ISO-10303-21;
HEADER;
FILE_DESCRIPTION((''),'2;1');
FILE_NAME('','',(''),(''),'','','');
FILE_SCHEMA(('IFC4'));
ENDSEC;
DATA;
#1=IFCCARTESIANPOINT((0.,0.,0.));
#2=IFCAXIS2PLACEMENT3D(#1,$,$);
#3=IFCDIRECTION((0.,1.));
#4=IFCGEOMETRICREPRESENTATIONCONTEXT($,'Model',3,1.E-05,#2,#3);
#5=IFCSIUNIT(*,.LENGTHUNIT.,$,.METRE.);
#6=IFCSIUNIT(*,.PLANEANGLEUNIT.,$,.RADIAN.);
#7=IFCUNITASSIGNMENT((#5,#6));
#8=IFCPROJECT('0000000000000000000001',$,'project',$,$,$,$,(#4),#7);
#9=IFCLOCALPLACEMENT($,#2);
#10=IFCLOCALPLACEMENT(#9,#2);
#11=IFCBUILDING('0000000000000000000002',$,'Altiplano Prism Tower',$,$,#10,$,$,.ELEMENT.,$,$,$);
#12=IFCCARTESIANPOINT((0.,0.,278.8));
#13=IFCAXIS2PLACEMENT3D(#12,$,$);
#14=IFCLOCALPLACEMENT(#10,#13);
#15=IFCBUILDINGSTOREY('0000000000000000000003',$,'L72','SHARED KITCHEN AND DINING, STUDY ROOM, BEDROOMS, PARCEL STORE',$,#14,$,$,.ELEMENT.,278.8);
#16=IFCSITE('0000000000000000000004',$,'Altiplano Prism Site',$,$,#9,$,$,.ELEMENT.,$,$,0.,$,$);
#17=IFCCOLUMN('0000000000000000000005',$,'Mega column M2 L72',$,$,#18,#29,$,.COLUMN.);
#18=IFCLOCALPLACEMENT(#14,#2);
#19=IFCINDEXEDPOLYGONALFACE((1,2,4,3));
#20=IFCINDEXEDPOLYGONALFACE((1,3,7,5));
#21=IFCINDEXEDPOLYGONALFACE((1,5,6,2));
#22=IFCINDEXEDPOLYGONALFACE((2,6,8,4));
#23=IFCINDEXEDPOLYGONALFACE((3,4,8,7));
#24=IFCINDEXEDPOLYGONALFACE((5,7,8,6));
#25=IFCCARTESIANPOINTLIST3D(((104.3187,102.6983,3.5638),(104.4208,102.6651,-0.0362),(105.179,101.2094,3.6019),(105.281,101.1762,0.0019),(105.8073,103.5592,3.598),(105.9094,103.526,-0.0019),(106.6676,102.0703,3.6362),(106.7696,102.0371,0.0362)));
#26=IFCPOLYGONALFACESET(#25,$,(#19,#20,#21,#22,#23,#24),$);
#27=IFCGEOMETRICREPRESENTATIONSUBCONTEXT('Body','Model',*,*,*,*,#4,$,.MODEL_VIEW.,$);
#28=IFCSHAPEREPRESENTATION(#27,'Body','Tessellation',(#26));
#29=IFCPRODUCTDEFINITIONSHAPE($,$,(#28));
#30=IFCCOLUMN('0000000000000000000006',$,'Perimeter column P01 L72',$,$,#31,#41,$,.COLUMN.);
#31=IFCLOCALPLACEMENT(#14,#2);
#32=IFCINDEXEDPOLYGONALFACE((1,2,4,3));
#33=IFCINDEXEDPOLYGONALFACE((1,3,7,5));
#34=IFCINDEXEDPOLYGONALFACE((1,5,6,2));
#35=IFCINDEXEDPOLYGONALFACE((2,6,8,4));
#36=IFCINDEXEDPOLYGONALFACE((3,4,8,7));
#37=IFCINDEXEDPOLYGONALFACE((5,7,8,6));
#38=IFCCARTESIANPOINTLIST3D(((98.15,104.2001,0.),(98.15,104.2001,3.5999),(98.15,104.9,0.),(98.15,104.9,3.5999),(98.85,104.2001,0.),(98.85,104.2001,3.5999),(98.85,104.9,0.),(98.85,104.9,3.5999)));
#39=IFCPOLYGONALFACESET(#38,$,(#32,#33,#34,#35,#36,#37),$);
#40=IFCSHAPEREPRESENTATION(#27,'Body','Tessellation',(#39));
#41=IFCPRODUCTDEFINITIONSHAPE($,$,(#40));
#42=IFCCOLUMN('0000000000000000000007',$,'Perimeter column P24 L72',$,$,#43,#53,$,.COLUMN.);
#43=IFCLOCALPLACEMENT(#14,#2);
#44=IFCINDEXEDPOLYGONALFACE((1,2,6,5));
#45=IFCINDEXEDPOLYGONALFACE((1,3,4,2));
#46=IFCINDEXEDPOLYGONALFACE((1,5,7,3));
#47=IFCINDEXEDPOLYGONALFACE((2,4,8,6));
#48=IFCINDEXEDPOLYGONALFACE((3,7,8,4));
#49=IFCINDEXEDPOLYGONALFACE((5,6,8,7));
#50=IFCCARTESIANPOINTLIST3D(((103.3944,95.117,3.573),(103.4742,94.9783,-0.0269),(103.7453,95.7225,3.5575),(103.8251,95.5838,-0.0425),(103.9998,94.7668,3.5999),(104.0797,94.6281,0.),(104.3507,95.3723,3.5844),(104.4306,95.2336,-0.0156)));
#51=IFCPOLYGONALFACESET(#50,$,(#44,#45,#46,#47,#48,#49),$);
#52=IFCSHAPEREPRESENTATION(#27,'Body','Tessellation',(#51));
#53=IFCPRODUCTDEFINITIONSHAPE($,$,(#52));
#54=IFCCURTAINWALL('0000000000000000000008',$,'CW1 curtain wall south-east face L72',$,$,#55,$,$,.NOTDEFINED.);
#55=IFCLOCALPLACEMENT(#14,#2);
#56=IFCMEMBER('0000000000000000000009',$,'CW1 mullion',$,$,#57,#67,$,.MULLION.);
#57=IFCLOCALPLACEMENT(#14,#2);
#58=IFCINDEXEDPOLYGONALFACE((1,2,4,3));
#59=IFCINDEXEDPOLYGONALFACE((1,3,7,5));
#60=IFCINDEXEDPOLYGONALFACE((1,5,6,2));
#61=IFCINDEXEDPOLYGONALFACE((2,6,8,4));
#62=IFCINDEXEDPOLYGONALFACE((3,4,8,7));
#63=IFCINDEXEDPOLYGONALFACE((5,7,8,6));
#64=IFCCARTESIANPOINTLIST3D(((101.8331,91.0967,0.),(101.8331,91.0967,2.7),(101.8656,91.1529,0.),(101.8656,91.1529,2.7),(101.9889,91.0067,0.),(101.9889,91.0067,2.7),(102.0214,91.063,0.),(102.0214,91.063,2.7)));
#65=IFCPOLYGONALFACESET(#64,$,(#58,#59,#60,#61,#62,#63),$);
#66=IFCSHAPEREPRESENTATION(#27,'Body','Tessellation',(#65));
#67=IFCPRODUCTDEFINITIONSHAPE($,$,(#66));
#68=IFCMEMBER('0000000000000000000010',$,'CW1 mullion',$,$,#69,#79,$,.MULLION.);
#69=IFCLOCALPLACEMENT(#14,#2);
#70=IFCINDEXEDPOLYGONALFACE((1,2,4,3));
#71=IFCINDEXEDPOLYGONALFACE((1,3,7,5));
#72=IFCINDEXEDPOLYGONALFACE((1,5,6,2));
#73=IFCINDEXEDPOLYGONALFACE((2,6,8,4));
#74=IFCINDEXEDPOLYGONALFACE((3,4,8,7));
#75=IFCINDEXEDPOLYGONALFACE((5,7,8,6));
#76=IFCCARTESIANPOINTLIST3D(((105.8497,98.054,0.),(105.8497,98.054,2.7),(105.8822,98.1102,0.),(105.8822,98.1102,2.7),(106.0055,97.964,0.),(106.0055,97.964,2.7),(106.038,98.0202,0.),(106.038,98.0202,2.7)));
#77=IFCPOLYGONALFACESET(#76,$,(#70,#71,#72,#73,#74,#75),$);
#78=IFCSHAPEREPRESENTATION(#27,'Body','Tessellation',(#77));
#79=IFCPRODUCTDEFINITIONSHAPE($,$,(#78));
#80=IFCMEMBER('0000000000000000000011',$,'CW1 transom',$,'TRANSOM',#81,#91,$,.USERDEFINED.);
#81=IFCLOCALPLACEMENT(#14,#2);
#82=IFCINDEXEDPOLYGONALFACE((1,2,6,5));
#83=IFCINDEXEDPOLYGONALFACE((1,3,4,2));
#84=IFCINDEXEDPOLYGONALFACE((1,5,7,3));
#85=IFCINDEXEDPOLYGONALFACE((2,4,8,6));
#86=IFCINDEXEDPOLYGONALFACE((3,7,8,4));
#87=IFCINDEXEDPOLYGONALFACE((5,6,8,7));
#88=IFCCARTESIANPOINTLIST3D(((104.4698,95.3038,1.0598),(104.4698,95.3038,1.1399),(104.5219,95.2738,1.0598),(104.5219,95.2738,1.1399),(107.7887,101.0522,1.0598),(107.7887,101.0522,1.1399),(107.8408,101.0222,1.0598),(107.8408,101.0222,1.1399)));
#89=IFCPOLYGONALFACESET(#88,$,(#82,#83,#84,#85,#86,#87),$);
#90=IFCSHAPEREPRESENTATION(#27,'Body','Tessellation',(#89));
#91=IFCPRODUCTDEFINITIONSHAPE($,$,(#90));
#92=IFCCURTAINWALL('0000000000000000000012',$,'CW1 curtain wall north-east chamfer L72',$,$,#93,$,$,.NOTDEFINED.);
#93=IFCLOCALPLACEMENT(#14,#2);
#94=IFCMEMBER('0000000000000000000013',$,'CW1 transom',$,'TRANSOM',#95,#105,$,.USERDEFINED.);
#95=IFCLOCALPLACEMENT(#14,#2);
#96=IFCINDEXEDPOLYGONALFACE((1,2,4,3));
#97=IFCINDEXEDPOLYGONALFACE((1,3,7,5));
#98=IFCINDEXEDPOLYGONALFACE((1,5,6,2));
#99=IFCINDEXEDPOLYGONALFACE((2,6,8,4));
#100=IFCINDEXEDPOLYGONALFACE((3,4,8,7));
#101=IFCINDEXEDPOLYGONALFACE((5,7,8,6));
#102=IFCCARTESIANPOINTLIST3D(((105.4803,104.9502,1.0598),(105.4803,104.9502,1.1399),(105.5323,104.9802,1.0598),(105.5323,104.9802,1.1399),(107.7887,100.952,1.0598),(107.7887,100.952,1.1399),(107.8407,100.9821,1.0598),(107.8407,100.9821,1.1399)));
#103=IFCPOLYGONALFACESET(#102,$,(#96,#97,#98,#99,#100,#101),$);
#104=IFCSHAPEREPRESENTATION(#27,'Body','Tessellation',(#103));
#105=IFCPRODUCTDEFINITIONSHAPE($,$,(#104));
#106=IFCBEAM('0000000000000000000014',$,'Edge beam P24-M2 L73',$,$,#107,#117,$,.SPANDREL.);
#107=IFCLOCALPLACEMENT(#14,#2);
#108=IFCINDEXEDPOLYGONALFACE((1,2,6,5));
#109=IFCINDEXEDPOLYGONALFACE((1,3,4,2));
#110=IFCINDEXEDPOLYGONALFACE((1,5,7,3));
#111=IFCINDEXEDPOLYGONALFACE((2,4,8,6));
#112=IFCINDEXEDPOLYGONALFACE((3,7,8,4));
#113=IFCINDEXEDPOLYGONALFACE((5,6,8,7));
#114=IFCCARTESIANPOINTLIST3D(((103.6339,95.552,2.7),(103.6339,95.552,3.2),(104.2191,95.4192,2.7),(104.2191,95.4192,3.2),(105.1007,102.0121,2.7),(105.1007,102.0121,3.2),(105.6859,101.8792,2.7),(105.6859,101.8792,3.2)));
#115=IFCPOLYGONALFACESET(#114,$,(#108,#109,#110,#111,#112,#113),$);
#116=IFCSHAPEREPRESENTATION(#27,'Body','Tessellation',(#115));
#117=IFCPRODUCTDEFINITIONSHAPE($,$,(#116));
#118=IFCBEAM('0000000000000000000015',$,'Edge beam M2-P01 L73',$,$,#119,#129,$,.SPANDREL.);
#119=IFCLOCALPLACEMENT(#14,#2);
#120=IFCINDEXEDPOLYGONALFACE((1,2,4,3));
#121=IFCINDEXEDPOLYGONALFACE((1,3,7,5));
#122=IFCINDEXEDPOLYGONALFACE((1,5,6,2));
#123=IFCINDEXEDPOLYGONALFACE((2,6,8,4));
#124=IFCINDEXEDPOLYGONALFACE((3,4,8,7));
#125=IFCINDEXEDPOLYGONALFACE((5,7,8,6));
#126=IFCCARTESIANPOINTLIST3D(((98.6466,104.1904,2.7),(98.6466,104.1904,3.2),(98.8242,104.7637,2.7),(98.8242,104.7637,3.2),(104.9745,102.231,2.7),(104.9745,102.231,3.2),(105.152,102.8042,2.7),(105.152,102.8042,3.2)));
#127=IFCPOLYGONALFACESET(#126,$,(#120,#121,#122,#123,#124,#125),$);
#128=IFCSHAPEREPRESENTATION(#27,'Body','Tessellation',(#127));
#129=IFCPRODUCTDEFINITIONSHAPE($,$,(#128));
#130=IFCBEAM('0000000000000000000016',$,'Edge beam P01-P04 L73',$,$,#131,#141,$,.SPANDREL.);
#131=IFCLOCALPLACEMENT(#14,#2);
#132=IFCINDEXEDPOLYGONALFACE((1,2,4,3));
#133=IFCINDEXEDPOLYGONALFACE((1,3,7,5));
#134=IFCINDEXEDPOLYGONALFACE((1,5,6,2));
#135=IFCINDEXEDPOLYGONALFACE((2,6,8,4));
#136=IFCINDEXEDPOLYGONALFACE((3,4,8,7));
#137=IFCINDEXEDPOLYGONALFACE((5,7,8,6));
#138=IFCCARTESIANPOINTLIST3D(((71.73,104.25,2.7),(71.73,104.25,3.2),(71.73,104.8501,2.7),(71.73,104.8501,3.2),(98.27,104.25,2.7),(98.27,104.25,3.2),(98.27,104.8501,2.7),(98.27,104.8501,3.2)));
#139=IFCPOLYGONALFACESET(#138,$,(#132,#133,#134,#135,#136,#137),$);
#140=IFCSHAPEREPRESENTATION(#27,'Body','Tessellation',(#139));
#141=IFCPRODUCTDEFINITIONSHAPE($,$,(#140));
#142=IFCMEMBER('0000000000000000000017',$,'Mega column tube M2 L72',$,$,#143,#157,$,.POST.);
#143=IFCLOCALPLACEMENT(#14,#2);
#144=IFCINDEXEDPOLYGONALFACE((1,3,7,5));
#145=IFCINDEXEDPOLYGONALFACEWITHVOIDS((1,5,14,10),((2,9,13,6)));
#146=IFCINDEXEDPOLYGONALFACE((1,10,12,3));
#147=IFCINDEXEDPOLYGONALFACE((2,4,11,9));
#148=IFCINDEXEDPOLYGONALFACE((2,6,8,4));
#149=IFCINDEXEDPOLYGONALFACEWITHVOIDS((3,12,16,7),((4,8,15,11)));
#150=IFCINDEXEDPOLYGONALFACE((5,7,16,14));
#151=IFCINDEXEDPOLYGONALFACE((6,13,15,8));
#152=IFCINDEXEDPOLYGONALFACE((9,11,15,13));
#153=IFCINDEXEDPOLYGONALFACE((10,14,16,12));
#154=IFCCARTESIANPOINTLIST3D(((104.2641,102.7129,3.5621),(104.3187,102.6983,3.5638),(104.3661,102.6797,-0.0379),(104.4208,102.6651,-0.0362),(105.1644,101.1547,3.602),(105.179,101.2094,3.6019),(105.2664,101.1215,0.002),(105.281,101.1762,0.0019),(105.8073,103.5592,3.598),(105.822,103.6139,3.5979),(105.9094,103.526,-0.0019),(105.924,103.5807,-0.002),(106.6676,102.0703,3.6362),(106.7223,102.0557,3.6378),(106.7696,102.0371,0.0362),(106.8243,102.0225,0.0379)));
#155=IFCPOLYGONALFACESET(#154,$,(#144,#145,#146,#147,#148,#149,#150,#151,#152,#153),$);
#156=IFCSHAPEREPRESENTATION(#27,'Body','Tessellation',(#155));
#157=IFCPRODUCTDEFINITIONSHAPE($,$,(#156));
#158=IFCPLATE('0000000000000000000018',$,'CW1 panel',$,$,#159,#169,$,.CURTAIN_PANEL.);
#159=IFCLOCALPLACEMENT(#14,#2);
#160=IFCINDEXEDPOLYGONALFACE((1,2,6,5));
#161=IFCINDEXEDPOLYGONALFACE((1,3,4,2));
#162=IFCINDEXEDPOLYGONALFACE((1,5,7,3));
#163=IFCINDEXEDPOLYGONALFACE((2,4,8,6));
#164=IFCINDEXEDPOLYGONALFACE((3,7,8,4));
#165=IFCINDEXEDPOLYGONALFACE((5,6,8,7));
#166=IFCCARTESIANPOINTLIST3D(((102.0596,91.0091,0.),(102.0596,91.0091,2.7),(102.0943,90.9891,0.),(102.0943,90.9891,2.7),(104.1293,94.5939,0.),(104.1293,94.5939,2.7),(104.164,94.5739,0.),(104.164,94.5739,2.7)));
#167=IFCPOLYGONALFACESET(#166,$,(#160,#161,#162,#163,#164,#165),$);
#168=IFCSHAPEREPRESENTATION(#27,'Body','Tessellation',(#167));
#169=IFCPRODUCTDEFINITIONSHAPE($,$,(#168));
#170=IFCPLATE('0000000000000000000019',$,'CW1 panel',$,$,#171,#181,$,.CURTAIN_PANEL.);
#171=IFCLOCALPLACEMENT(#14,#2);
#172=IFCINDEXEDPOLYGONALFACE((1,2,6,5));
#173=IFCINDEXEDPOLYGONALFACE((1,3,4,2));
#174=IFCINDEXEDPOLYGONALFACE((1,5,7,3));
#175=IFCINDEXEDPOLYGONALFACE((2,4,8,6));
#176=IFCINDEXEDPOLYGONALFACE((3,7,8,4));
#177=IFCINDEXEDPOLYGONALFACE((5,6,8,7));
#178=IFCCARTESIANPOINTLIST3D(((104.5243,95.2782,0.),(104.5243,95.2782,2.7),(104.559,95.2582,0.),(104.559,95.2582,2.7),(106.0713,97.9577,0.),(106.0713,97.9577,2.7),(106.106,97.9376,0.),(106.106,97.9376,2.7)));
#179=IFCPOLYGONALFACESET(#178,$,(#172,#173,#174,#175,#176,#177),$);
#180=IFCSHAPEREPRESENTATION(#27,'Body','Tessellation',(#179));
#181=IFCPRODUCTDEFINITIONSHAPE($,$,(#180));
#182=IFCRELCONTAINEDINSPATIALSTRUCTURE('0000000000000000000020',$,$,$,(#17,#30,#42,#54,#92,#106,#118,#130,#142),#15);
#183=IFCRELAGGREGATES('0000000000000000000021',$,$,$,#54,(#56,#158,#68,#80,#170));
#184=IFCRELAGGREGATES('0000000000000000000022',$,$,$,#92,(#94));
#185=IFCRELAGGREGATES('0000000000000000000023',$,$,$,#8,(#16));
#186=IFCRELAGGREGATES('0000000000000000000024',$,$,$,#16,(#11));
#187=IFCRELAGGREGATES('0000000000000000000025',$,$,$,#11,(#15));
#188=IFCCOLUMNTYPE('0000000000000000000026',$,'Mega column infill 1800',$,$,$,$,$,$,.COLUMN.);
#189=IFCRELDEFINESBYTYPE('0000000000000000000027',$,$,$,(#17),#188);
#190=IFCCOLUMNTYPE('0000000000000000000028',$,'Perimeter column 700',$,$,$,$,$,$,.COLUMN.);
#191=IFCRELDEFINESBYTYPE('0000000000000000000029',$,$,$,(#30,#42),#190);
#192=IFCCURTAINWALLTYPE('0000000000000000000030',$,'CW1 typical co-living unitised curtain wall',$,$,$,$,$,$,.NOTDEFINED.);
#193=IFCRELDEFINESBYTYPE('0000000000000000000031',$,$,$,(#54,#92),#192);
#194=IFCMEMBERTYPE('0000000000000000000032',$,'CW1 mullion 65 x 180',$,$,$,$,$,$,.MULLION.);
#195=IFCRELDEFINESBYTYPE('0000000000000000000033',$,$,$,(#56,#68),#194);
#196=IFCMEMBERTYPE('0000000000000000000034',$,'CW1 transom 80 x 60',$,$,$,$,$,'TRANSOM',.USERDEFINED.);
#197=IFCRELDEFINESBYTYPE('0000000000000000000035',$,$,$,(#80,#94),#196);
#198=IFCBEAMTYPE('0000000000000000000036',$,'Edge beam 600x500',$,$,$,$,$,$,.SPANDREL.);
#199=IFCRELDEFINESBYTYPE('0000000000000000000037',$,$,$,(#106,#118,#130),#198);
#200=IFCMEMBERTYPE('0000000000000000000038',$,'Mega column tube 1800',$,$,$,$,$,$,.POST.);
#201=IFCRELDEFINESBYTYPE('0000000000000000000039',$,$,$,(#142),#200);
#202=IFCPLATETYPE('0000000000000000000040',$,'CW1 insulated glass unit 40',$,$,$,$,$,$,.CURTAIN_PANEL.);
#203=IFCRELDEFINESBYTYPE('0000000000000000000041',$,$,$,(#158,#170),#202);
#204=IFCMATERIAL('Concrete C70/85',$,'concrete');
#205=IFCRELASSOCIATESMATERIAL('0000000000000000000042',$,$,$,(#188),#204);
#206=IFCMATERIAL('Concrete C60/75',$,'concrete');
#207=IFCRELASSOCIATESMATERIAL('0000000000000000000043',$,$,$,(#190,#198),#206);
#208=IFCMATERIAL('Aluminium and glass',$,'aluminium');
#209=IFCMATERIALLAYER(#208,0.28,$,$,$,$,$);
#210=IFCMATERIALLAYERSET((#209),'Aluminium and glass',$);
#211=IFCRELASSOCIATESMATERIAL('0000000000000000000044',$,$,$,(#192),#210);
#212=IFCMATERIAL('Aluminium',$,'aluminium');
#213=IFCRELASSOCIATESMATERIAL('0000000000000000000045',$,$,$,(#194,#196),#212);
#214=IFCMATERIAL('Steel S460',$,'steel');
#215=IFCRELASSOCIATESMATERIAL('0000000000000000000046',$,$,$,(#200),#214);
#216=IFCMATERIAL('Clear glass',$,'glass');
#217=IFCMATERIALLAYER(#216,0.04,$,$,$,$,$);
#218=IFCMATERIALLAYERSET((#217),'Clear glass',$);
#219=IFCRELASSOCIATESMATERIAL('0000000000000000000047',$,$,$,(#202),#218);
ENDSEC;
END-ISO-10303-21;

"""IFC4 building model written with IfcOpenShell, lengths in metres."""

from ifc_helpers import new_model, si_unit, direction, frame, origin, origin_2d, place, context, subcontext, project, spatial, rectangle, hollow_rectangle, extrude, material, layer, layer_set, material_profile, profile_set, type_object, element, aggregate, save


model = new_model("IFC4")

# Units and contexts
model_context = context("Model", 3, precision=1e-05, world=origin(), true_north=direction((0.0, 1.0)))
body_context = subcontext(model_context, "Body", "Model", "MODEL_VIEW")
ifc_project = project(units=[si_unit("LENGTHUNIT", "METRE"), si_unit("PLANEANGLEUNIT", "RADIAN")], contexts=[model_context])

# Site, building, storey
site_placement = place(None, origin())
site = spatial("IfcSite", under=ifc_project, at=site_placement, Name="Altiplano Prism Site", CompositionType="ELEMENT", RefElevation=0.0)
building_placement = place(site_placement, origin())
building = spatial("IfcBuilding", under=site, at=building_placement, Name="Altiplano Prism Tower", CompositionType="ELEMENT")
storey_placement = place(building_placement, frame((0.0, 0.0, 278.8)))
storey = spatial("IfcBuildingStorey", under=building, at=storey_placement, Name="L72", Description="SHARED KITCHEN AND DINING, STUDY ROOM, BEDROOMS, PARCEL STORE", CompositionType="ELEMENT", Elevation=278.8)

# Columns
ifc_material_1 = material(Name="Concrete C70/85", Category="concrete")
ifc_material_profile_1 = material_profile(ifc_material_1, rectangle(XDim=1.72, YDim=1.72, at=origin_2d()), Name="Mega column infill 1800")
ifc_profile_set_1 = profile_set([ifc_material_profile_1], Name="Concrete C70/85")
column_type_1 = type_object("IfcColumnType", Name="Mega column infill 1800", PredefinedType="COLUMN", material=ifc_profile_set_1)
column_1_placement = place(storey_placement, frame((105.5952, 102.3511, 0.0), z_axis=(-0.028336, 0.009219, 0.999556), x_axis=(0.500146, -0.865658, 0.022163)))
element("IfcColumn", 1, at=column_1_placement, inside=storey, type_object=column_type_1, Name="Mega column M2 L72", PredefinedType="COLUMN", context=body_context, shape_type="SweptSolid", body=[
    extrude(rectangle(XDim=1.72, YDim=1.72, at=origin_2d()), origin(), (0.0, 0.0, 1.0), 3.6016),
])
ifc_material_2 = material(Name="Concrete C60/75", Category="concrete")
ifc_material_profile_2 = material_profile(ifc_material_2, rectangle(XDim=0.7, YDim=0.7, at=origin_2d()), Name="Perimeter column 700")
ifc_profile_set_2 = profile_set([ifc_material_profile_2], Name="Concrete C60/75")
column_type_2 = type_object("IfcColumnType", Name="Perimeter column 700", PredefinedType="COLUMN", material=ifc_profile_set_2)
column_2_placement = place(storey_placement, frame((98.5, 104.55, 0.0), z_axis=(0.0, 0.0, 1.0), x_axis=(1.0, 0.0, 0.0)))
element("IfcColumn", 2, at=column_2_placement, inside=storey, type_object=column_type_2, Name="Perimeter column P01 L72", PredefinedType="COLUMN", context=body_context, shape_type="SweptSolid", body=[
    extrude(rectangle(XDim=0.7, YDim=0.7, at=origin_2d()), origin(), (0.0, 0.0, 1.0), 3.5999),
])
column_3_placement = place(storey_placement, frame((103.9524, 95.106, -0.0212), z_axis=(-0.022155, 0.038484, 0.999014), x_axis=(-0.501313, -0.864981, 0.022203)))
element("IfcColumn", 3, at=column_3_placement, inside=storey, type_object=column_type_2, Name="Perimeter column P24 L72", PredefinedType="COLUMN", context=body_context, shape_type="SweptSolid", body=[
    extrude(rectangle(XDim=0.7, YDim=0.7, at=origin_2d()), origin(), (0.0, 0.0, 1.0), 3.6035),
])

# Curtain wall, members
ifc_material_3 = material(Name="Aluminium and glass", Category="aluminium")
ifc_layer_1 = layer(ifc_material_3, 0.28)
ifc_layer_set_1 = layer_set([ifc_layer_1], Name="Aluminium and glass")
curtain_wall_type = type_object("IfcCurtainWallType", Name="CW1 typical co-living unitised curtain wall", PredefinedType="NOTDEFINED", material=ifc_layer_set_1)
curtain_wall_1_placement = place(storey_placement, origin())
curtain_wall_1 = element("IfcCurtainWall", 4, at=curtain_wall_1_placement, inside=storey, type_object=curtain_wall_type, Name="CW1 curtain wall south-east face L72", PredefinedType="NOTDEFINED")
ifc_material_4 = material(Name="Aluminium", Category="aluminium")
ifc_material_profile_3 = material_profile(ifc_material_4, rectangle(XDim=0.1799, YDim=0.0649, at=origin_2d()), Name="CW1 mullion 65 x 180")
ifc_profile_set_3 = profile_set([ifc_material_profile_3], Name="Aluminium")
member_type_1 = type_object("IfcMemberType", Name="CW1 mullion 65 x 180", PredefinedType="MULLION", material=ifc_profile_set_3)
member_1_placement = place(storey_placement, frame((101.9272, 91.0798, 0.0), z_axis=(0.0, 0.0, 1.0), x_axis=(-0.866025, 0.5, 0.0)))
member_1 = element("IfcMember", 5, at=member_1_placement, type_object=member_type_1, Name="CW1 mullion", PredefinedType="MULLION", context=body_context, shape_type="SweptSolid", body=[
    extrude(rectangle(XDim=0.1799, YDim=0.0649, at=origin_2d()), origin(), (0.0, 0.0, 1.0), 2.7),
])
member_2_placement = place(storey_placement, frame((105.9438, 98.0371, 0.0), z_axis=(0.0, 0.0, 1.0), x_axis=(-0.866025, 0.5, 0.0)))
member_2 = element("IfcMember", 6, at=member_2_placement, type_object=member_type_1, Name="CW1 mullion", PredefinedType="MULLION", context=body_context, shape_type="SweptSolid", body=[
    extrude(rectangle(XDim=0.1799, YDim=0.0649, at=origin_2d()), origin(), (0.0, 0.0, 1.0), 2.7),
])
ifc_material_profile_4 = material_profile(ifc_material_4, rectangle(XDim=0.0601, YDim=0.0801, at=origin_2d()), Name="CW1 transom 80 x 60")
ifc_profile_set_4 = profile_set([ifc_material_profile_4], Name="Aluminium")
member_type_2 = type_object("IfcMemberType", Name="CW1 transom 80 x 60", ElementType="TRANSOM", PredefinedType="USERDEFINED", material=ifc_profile_set_4)
member_3_placement = place(storey_placement, frame((104.4958, 95.2888, 1.0999), z_axis=(0.500008, 0.866021, 0.0), x_axis=(-0.866021, 0.500008, 0.0)))
member_3 = element("IfcMember", 7, at=member_3_placement, type_object=member_type_2, Name="CW1 transom", ObjectType="TRANSOM", PredefinedType="USERDEFINED", context=body_context, shape_type="SweptSolid", body=[
    extrude(rectangle(XDim=0.0601, YDim=0.0801, at=origin_2d()), origin(), (0.0, 0.0, 1.0), 6.6377),
])

# Curtain wall, member
curtain_wall_2_placement = place(storey_placement, origin())
curtain_wall_2 = element("IfcCurtainWall", 8, at=curtain_wall_2_placement, inside=storey, type_object=curtain_wall_type, Name="CW1 curtain wall north-east chamfer L72", PredefinedType="NOTDEFINED")
member_4_placement = place(storey_placement, frame((107.8147, 100.967, 1.0999), z_axis=(-0.500012, 0.866018, 0.0), x_axis=(-0.866018, -0.500012, 0.0)))
member_4 = element("IfcMember", 9, at=member_4_placement, type_object=member_type_2, Name="CW1 transom", ObjectType="TRANSOM", PredefinedType="USERDEFINED", context=body_context, shape_type="SweptSolid", body=[
    extrude(rectangle(XDim=0.0601, YDim=0.0801, at=origin_2d()), origin(), (0.0, 0.0, 1.0), 4.6167),
])

# Beams
ifc_material_profile_5 = material_profile(ifc_material_2, rectangle(XDim=0.6001, YDim=0.5, at=origin_2d()), Name="Edge beam 600x500")
ifc_profile_set_5 = profile_set([ifc_material_profile_5], Name="Concrete C60/75")
beam_type = type_object("IfcBeamType", Name="Edge beam 600x500", PredefinedType="SPANDREL", material=ifc_profile_set_5)
beam_1_placement = place(storey_placement, frame((103.9265, 95.4856, 2.95), z_axis=(0.221424, 0.975178, 0.0), x_axis=(-0.975178, 0.221424, 0.0)))
element("IfcBeam", 10, at=beam_1_placement, inside=storey, type_object=beam_type, Name="Edge beam P24-M2 L73", PredefinedType="SPANDREL", context=body_context, shape_type="SweptSolid", body=[
    extrude(rectangle(XDim=0.6001, YDim=0.5, at=origin_2d()), origin(), (0.0, 0.0, 1.0), 6.6245),
])
beam_2_placement = place(storey_placement, frame((105.0632, 102.5176, 2.95), z_axis=(-0.95525, 0.2958, 0.0), x_axis=(-0.2958, -0.95525, 0.0)))
element("IfcBeam", 11, at=beam_2_placement, inside=storey, type_object=beam_type, Name="Edge beam M2-P01 L73", PredefinedType="SPANDREL", context=body_context, shape_type="SweptSolid", body=[
    extrude(rectangle(XDim=0.6001, YDim=0.5, at=origin_2d()), origin(), (0.0, 0.0, 1.0), 6.6243),
])
beam_3_placement = place(storey_placement, frame((98.27, 104.55, 2.95), z_axis=(-1.0, 0.0, 0.0), x_axis=(0.0, -1.0, 0.0)))
element("IfcBeam", 12, at=beam_3_placement, inside=storey, type_object=beam_type, Name="Edge beam P01-P04 L73", PredefinedType="SPANDREL", context=body_context, shape_type="SweptSolid", body=[
    extrude(rectangle(XDim=0.6001, YDim=0.5, at=origin_2d()), origin(), (0.0, 0.0, 1.0), 26.54),
])

# Member
ifc_material_5 = material(Name="Steel S460", Category="steel")
ifc_material_profile_6 = material_profile(ifc_material_5, hollow_rectangle(XDim=1.8, YDim=1.8, WallThickness=0.04, at=origin_2d()), Name="Mega column tube 1800")
ifc_profile_set_6 = profile_set([ifc_material_profile_6], Name="Steel S460")
member_type_3 = type_object("IfcMemberType", Name="Mega column tube 1800", PredefinedType="POST", material=ifc_profile_set_6)
member_5_placement = place(storey_placement, frame((105.5952, 102.3511, 0.0), z_axis=(-0.028336, 0.009219, 0.999556), x_axis=(0.500146, -0.865658, 0.022163)))
element("IfcMember", 13, at=member_5_placement, inside=storey, type_object=member_type_3, Name="Mega column tube M2 L72", PredefinedType="POST", context=body_context, shape_type="SweptSolid", body=[
    extrude(hollow_rectangle(XDim=1.8, YDim=1.8, WallThickness=0.04, at=origin_2d()), origin(), (0.0, 0.0, 1.0), 3.6016),
])

# Plates
ifc_material_6 = material(Name="Clear glass", Category="glass")
ifc_layer_2 = layer(ifc_material_6, 0.04)
ifc_layer_set_2 = layer_set([ifc_layer_2], Name="Clear glass")
plate_type = type_object("IfcPlateType", Name="CW1 insulated glass unit 40", PredefinedType="CURTAIN_PANEL", material=ifc_layer_set_2)
plate_1_placement = place(storey_placement, frame((103.1118, 92.7915, 0.0), z_axis=(0.0, 0.0, 1.0), x_axis=(0.5, 0.866025, 0.0)))
plate_1 = element("IfcPlate", 14, at=plate_1_placement, type_object=plate_type, Name="CW1 panel", PredefinedType="CURTAIN_PANEL", context=body_context, shape_type="SweptSolid", body=[
    extrude(rectangle(XDim=4.1394, YDim=0.04, at=origin_2d()), origin(), (0.0, 0.0, 1.0), 2.7),
])
plate_2_placement = place(storey_placement, frame((105.3152, 96.6079, 0.0), z_axis=(0.0, 0.0, 1.0), x_axis=(0.5, 0.866025, 0.0)))
plate_2 = element("IfcPlate", 15, at=plate_2_placement, type_object=plate_type, Name="CW1 panel", PredefinedType="CURTAIN_PANEL", context=body_context, shape_type="SweptSolid", body=[
    extrude(rectangle(XDim=3.094, YDim=0.04, at=origin_2d()), origin(), (0.0, 0.0, 1.0), 2.7),
])
aggregate(curtain_wall_1, [member_1, plate_1, member_2, member_3, plate_2])
aggregate(curtain_wall_2, [member_4])

save(model, "model.ifc")
